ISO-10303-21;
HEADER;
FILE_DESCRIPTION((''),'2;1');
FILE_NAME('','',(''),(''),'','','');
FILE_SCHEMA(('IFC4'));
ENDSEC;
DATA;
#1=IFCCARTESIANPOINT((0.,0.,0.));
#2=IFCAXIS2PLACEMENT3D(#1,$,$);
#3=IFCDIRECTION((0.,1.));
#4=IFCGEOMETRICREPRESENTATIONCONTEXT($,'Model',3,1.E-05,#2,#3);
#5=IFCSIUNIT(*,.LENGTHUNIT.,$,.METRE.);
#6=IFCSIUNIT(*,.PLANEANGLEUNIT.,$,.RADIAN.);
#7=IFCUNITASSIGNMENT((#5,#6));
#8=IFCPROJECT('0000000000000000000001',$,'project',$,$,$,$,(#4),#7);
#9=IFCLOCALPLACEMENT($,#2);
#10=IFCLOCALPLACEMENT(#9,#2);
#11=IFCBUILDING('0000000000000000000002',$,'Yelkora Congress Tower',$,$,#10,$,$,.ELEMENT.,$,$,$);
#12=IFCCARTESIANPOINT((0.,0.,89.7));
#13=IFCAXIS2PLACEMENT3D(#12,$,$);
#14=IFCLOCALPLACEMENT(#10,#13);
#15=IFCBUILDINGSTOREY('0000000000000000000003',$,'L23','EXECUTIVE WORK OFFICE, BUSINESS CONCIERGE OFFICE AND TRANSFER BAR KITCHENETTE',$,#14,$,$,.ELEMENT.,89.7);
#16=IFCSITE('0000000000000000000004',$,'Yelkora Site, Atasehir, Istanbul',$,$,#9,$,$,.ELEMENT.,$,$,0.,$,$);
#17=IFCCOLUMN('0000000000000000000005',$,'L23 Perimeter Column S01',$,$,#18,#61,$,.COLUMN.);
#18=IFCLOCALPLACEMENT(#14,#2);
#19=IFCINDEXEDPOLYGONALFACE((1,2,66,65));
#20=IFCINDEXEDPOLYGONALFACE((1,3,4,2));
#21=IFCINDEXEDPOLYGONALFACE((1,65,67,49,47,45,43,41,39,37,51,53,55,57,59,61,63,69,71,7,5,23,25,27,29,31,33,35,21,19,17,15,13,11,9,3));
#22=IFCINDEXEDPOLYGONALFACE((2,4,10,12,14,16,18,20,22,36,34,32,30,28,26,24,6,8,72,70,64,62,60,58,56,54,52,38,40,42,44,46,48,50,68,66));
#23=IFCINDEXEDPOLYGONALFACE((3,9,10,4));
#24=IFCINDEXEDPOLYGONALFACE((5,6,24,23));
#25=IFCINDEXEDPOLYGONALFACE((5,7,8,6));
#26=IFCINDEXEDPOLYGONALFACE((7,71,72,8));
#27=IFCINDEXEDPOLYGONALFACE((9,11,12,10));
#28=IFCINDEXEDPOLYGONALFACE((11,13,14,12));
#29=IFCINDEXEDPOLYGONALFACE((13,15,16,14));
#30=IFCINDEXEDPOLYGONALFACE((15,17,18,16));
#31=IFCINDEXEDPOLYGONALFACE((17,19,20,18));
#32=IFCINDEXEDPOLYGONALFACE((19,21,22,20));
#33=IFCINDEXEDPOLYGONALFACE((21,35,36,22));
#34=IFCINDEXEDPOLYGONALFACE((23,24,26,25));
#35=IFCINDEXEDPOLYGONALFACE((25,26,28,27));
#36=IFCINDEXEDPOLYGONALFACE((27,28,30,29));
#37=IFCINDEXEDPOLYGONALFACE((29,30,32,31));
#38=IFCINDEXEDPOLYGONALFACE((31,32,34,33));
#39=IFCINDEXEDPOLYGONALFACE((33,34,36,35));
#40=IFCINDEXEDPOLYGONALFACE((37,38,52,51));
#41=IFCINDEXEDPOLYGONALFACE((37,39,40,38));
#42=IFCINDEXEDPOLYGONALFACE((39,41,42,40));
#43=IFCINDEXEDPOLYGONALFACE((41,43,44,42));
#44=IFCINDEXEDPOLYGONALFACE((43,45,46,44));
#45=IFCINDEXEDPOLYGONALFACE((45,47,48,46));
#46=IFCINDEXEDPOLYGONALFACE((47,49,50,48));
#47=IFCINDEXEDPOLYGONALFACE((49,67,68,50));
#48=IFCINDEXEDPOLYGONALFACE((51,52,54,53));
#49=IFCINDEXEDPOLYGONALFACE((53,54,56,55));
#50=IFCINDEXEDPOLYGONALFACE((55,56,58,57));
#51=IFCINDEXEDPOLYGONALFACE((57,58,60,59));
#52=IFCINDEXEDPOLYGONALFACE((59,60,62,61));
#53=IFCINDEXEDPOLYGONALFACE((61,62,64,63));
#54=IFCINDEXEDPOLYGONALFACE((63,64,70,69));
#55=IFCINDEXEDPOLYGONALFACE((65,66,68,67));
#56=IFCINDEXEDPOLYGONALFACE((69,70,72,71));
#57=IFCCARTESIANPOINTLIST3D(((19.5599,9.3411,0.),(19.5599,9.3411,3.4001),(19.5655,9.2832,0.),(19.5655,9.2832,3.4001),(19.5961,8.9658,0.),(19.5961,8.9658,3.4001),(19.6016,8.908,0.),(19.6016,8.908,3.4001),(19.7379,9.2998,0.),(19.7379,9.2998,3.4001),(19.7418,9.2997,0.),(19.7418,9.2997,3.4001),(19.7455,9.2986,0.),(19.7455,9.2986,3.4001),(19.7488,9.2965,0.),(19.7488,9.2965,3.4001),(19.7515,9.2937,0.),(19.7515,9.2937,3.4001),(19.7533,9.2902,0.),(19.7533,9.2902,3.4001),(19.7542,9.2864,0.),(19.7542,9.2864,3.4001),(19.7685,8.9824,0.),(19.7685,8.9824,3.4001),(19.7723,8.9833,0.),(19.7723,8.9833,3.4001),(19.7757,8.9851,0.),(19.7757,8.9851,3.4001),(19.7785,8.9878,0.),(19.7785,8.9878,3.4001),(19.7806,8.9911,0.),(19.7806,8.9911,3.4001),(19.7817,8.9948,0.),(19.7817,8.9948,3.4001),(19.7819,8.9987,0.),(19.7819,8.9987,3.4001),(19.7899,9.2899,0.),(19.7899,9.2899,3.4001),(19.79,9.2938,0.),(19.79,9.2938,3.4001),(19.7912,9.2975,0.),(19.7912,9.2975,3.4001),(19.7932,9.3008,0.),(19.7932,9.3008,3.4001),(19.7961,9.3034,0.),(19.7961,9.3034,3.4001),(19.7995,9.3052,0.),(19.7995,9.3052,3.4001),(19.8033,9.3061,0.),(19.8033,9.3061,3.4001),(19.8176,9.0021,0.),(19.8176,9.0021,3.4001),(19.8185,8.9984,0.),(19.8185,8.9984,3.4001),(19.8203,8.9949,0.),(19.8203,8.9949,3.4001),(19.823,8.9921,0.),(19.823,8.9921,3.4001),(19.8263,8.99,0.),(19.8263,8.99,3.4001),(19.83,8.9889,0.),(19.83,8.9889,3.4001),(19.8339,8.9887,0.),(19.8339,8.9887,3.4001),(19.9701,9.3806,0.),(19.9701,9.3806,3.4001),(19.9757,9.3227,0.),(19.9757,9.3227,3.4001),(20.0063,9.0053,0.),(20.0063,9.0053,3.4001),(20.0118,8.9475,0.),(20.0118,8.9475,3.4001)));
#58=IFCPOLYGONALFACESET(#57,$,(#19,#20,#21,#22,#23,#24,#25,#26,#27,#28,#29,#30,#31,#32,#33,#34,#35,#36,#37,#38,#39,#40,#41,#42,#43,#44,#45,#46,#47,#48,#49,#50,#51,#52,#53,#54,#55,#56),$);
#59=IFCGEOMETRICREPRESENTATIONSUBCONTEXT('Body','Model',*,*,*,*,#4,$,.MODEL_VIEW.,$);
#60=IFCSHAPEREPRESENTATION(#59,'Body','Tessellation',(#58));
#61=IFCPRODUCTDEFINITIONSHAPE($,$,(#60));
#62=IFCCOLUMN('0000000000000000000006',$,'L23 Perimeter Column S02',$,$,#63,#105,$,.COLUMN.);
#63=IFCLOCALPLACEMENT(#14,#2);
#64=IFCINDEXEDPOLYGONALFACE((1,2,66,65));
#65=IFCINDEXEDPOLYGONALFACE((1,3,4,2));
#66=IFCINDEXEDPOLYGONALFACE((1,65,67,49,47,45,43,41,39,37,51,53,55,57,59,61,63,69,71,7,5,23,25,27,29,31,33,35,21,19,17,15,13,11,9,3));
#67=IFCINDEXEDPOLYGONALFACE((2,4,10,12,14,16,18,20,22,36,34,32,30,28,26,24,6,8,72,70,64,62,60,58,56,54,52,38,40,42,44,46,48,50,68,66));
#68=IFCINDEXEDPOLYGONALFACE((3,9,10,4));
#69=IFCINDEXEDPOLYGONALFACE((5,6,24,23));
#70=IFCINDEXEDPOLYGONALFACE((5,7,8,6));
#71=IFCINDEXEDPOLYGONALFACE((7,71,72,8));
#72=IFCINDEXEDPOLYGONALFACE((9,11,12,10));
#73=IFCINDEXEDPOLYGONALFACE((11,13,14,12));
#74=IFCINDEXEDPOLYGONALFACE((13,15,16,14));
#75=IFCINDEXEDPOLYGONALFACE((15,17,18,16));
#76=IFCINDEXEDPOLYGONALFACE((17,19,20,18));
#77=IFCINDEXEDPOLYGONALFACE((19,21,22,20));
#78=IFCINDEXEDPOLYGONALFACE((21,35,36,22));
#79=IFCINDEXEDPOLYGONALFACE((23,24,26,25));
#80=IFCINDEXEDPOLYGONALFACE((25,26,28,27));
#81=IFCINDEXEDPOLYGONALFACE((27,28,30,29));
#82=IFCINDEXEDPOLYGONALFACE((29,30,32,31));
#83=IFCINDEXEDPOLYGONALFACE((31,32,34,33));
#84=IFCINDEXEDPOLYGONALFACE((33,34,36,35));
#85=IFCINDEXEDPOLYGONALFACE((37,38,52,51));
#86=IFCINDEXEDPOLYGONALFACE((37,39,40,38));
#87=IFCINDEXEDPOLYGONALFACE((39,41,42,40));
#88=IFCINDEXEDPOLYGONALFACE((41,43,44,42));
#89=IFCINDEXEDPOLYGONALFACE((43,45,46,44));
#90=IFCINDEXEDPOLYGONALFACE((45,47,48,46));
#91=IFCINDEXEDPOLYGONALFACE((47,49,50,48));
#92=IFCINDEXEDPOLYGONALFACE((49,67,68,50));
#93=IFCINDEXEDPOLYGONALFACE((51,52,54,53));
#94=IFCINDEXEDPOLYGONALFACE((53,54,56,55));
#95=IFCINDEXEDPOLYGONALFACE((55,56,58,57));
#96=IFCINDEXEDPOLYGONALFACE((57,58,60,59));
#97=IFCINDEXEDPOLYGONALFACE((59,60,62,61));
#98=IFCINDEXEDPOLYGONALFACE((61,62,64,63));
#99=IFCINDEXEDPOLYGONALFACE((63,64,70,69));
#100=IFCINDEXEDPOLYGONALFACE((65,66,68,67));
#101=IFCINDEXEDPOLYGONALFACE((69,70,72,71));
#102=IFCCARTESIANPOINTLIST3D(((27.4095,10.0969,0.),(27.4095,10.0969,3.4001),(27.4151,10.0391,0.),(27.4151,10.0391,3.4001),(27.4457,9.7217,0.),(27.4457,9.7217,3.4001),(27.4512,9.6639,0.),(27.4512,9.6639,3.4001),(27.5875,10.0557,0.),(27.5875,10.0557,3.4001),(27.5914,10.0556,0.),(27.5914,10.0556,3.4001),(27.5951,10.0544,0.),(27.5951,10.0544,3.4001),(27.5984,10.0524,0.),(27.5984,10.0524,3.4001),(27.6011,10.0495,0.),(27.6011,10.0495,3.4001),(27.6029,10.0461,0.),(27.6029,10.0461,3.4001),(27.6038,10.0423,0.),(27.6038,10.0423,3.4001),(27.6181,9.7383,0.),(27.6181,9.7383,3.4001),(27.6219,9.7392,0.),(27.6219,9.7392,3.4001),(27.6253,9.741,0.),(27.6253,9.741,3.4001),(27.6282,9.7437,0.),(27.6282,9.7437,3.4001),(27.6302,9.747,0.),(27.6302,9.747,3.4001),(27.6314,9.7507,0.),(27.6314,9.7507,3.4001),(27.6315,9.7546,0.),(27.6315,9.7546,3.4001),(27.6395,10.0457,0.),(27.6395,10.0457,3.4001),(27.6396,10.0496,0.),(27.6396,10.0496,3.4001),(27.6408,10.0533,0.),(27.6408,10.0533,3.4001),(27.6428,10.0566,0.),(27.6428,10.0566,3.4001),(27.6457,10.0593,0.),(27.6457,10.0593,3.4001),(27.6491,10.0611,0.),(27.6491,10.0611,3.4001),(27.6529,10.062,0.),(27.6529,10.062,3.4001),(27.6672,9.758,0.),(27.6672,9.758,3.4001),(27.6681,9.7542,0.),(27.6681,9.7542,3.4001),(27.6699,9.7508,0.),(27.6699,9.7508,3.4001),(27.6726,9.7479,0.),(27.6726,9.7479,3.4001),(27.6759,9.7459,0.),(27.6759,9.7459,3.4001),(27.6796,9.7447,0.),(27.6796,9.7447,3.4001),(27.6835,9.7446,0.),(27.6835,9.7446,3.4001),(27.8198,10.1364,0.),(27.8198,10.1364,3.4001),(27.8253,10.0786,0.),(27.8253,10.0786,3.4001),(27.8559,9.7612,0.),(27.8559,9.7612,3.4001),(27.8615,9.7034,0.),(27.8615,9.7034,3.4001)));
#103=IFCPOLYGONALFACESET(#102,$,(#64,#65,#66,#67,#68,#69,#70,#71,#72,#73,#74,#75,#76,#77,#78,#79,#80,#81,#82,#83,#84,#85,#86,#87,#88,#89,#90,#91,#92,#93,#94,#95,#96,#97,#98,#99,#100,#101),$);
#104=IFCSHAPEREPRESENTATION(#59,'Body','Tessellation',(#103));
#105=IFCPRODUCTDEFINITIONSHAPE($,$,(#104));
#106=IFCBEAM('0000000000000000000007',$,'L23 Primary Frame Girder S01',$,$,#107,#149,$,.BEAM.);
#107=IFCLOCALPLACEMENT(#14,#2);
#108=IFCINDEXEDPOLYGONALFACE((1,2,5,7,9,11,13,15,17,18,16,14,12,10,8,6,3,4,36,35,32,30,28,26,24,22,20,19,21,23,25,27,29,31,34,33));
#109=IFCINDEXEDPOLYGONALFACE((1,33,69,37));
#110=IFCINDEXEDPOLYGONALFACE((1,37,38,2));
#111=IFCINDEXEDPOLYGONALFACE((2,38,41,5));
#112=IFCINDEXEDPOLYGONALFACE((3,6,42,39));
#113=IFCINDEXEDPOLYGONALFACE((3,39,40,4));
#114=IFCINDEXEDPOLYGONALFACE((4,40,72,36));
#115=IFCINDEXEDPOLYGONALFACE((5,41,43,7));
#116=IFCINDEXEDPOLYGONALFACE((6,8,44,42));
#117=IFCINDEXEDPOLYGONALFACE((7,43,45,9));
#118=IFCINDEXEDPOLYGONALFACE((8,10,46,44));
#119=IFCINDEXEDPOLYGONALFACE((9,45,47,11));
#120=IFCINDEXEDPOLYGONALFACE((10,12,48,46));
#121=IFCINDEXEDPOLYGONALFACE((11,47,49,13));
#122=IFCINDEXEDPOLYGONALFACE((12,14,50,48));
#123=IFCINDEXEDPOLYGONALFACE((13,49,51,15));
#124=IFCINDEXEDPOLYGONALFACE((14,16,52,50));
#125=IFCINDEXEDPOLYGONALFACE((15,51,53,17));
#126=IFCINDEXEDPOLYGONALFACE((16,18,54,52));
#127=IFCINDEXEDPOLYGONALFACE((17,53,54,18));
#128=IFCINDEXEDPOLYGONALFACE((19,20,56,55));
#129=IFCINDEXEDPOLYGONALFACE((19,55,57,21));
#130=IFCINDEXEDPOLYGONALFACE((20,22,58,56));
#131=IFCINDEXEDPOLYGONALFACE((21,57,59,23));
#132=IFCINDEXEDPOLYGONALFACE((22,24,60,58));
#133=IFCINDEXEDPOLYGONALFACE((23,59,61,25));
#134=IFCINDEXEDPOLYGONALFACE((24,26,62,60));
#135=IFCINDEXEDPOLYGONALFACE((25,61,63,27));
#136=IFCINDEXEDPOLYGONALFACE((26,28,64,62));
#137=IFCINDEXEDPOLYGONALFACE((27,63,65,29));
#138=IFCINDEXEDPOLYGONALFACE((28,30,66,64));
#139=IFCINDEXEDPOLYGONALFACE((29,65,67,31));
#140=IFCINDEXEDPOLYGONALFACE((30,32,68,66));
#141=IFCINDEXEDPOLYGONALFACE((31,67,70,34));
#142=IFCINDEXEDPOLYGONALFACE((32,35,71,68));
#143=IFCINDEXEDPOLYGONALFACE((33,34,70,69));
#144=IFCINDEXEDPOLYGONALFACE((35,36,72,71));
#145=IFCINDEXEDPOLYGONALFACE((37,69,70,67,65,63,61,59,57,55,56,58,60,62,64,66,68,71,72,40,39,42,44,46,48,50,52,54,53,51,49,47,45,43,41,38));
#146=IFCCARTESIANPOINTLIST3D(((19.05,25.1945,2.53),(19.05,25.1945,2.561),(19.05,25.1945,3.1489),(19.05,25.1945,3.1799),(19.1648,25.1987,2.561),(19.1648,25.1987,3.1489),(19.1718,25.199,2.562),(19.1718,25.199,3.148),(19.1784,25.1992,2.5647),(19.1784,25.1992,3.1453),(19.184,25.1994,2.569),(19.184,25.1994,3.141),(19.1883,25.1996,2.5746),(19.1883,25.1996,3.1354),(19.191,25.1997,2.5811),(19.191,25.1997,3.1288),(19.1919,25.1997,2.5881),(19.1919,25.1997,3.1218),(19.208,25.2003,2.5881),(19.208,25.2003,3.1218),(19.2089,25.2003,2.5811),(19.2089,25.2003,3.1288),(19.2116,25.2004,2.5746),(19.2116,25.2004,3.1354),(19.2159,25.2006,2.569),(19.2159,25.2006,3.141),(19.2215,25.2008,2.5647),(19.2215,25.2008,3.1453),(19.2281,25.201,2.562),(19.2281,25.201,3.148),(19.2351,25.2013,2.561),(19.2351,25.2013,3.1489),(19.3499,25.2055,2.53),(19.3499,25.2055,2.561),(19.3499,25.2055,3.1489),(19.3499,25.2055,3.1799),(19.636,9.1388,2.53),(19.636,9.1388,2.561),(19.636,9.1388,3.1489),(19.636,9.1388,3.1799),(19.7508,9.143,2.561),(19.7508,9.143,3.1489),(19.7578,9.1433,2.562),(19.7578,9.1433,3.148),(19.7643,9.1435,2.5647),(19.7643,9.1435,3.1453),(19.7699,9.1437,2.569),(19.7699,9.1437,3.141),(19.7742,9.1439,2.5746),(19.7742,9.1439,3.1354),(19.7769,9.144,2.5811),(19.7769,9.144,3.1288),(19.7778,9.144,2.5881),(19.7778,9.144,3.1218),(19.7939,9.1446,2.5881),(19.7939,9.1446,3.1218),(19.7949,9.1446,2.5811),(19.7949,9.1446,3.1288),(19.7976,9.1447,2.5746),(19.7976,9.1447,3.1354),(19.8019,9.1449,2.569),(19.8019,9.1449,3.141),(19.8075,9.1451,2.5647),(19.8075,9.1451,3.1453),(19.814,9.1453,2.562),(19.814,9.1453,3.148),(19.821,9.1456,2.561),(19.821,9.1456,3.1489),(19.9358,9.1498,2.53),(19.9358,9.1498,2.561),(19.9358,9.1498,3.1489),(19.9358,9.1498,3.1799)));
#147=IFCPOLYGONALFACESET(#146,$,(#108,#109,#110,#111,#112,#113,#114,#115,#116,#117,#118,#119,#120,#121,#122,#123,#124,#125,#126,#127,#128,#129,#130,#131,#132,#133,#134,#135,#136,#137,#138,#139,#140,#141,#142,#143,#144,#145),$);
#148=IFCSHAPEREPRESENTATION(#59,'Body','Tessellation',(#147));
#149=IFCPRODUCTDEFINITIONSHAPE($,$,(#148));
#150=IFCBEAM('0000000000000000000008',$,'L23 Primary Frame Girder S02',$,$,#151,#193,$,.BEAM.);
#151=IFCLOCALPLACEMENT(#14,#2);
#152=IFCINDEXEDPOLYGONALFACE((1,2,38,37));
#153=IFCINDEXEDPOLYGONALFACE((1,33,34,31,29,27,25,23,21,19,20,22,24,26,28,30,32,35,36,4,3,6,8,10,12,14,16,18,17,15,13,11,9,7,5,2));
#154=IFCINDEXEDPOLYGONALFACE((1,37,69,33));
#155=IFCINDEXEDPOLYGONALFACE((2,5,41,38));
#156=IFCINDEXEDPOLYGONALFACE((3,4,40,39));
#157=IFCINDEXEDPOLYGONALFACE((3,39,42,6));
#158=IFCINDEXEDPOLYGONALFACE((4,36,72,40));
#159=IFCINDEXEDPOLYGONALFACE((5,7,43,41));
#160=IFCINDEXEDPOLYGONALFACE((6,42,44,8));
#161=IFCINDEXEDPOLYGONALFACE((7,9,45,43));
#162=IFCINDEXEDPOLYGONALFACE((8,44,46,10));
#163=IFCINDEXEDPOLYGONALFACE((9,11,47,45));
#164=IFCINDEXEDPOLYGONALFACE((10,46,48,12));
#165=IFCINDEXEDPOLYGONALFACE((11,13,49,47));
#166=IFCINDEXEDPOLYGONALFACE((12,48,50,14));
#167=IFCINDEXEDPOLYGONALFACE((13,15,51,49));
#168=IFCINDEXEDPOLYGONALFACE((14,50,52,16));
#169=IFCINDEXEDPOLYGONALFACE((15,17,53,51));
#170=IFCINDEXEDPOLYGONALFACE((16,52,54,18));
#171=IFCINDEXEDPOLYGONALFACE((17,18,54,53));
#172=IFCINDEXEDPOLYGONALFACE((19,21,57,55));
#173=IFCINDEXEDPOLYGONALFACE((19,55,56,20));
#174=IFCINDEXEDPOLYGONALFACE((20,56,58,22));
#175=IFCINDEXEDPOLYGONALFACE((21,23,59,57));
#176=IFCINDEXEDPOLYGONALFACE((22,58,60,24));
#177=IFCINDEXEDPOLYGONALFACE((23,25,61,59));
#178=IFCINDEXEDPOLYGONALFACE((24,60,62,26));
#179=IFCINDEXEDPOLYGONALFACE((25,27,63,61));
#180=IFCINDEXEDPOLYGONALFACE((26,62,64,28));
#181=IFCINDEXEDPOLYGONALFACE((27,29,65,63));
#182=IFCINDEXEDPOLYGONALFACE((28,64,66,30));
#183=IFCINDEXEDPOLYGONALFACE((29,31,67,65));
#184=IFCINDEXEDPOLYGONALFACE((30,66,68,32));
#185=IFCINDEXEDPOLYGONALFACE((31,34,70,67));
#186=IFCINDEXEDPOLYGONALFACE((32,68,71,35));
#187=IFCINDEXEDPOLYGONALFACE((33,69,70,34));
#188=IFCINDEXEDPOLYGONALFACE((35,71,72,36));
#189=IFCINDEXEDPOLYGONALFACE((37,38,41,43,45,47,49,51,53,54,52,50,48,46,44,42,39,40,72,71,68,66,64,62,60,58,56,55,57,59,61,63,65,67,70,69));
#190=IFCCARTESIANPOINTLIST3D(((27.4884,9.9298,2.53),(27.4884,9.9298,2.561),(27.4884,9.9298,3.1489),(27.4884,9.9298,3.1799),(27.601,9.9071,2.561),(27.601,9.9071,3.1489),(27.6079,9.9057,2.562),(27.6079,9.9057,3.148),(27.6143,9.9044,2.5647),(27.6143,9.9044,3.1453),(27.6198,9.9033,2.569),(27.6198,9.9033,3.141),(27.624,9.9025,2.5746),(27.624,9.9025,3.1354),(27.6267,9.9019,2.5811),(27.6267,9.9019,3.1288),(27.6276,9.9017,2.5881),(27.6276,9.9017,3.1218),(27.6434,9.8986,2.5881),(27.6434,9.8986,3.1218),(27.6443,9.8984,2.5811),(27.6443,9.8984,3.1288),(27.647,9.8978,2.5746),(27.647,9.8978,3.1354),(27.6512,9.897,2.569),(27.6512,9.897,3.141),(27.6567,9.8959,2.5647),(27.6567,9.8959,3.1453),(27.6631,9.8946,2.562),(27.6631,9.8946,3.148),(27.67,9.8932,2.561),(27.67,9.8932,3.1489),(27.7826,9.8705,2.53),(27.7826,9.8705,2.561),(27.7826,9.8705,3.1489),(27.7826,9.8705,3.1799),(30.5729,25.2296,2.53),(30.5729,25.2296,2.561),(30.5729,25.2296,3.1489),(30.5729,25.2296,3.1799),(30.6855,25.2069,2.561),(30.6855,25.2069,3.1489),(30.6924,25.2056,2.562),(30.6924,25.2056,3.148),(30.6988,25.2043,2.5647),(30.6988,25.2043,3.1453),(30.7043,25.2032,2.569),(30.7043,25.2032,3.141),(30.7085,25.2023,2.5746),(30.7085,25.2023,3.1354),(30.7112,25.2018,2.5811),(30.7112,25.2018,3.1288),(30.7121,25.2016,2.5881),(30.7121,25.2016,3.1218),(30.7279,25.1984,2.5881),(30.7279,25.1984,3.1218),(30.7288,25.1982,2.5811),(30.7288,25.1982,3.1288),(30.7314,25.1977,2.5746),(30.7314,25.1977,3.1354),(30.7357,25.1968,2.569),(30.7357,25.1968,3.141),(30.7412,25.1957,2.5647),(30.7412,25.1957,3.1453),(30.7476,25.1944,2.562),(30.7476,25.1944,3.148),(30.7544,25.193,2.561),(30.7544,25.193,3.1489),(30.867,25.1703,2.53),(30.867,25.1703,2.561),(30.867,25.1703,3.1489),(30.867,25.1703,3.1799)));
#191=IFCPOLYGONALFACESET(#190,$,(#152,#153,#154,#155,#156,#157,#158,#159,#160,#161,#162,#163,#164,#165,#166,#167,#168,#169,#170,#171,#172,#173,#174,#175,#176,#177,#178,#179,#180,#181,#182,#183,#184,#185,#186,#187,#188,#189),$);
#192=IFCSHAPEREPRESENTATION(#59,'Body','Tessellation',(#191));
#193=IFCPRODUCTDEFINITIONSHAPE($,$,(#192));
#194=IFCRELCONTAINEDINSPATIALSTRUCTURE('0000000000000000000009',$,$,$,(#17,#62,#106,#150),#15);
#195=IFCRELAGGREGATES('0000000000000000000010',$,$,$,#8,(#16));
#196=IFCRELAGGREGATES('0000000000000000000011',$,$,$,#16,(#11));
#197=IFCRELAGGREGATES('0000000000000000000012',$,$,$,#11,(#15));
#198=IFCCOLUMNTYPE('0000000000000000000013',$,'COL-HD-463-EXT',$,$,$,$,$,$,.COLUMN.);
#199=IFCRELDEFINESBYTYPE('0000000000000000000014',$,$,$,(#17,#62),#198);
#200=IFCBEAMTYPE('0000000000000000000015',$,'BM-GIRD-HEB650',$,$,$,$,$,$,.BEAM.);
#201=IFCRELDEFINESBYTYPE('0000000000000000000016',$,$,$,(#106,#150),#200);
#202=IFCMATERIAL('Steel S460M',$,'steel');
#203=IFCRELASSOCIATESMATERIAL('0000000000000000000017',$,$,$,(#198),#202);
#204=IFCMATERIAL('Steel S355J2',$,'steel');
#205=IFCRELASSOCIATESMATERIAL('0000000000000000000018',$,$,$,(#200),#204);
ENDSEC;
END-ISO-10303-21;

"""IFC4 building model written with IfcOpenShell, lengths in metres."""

from ifc_helpers import new_model, si_unit, direction, frame, origin, origin_2d, place, context, subcontext, project, spatial, i_section, extrude, material, material_profile, profile_set, type_object, element, save


model = new_model("IFC4")

# Units and contexts
model_context = context("Model", 3, precision=1e-05, world=origin(), true_north=direction((0.0, 1.0)))
body_context = subcontext(model_context, "Body", "Model", "MODEL_VIEW")
ifc_project = project(units=[si_unit("LENGTHUNIT", "METRE"), si_unit("PLANEANGLEUNIT", "RADIAN")], contexts=[model_context])

# Site, building, storey
site_placement = place(None, origin())
site = spatial("IfcSite", under=ifc_project, at=site_placement, Name="Yelkora Site, Atasehir, Istanbul", CompositionType="ELEMENT", RefElevation=0.0)
building_placement = place(site_placement, origin())
building = spatial("IfcBuilding", under=site, at=building_placement, Name="Yelkora Congress Tower", CompositionType="ELEMENT")
storey_placement = place(building_placement, frame((0.0, 0.0, 89.7)))
storey = spatial("IfcBuildingStorey", under=building, at=storey_placement, Name="L23", Description="EXECUTIVE WORK OFFICE, BUSINESS CONCIERGE OFFICE AND TRANSFER BAR KITCHENETTE", CompositionType="ELEMENT", Elevation=89.7)

# Columns
ifc_material_1 = material(Name="Steel S460M", Category="steel")
ifc_material_profile_1 = material_profile(ifc_material_1, i_section(OverallWidth=0.4121, OverallDepth=0.4351, WebThickness=0.0359, FlangeThickness=0.0581, FilletRadius=0.0149, at=origin_2d()), Name="HD 400x463")
ifc_profile_set_1 = profile_set([ifc_material_profile_1], Name="Steel S460M")
column_type = type_object("IfcColumnType", Name="COL-HD-463-EXT", PredefinedType="COLUMN", material=ifc_profile_set_1)
for number, where, z_axis, x_axis, name in (
    (1, (19.7859, 9.1443, 0.0), (0.0, 0.0, 1.0), (0.995396, 0.095846, 0.0), "L23 Perimeter Column S01"),
    (2, (27.6355, 9.9001, 0.0), (0.0, 0.0, 1.0), (0.995396, 0.095846, 0.0), "L23 Perimeter Column S02"),
):
    element("IfcColumn", number, at=place(storey_placement, frame(where, z_axis=z_axis, x_axis=x_axis)), inside=storey, type_object=column_type, Name=name, PredefinedType="COLUMN", context=body_context, shape_type="SweptSolid", body=[
        extrude(i_section(OverallWidth=0.4121, OverallDepth=0.4351, WebThickness=0.0359, FlangeThickness=0.0581, FilletRadius=0.0149, at=origin_2d()), origin(), (0.0, 0.0, 1.0), 3.4001),
    ])

# Beams
ifc_material_2 = material(Name="Steel S355J2", Category="steel")
ifc_material_profile_2 = material_profile(ifc_material_2, i_section(OverallWidth=0.3, OverallDepth=0.6499, WebThickness=0.0161, FlangeThickness=0.031, FilletRadius=0.0271, at=origin_2d()), Name="HEB 650")
ifc_profile_set_2 = profile_set([ifc_material_profile_2], Name="Steel S355J2")
beam_type_1 = type_object("IfcBeamType", Name="BM-GIRD-HEB650", PredefinedType="BEAM", material=ifc_profile_set_2)
beam_1_placement = place(storey_placement, frame((19.7859, 9.1443, 2.855), z_axis=(-0.03647, 0.999335, 0.0), x_axis=(-0.999335, -0.03647, 0.0)))
element("IfcBeam", 3, at=beam_1_placement, inside=storey, type_object=beam_type_1, Name="L23 Primary Frame Girder S01", PredefinedType="BEAM", context=body_context, shape_type="SweptSolid", body=[
    extrude(i_section(OverallWidth=0.3, OverallDepth=0.6499, WebThickness=0.0161, FlangeThickness=0.031, FilletRadius=0.0271, at=origin_2d()), origin(), (0.0, 0.0, 1.0), 16.0664),
])
beam_2_placement = place(storey_placement, frame((27.6355, 9.9001, 2.855), z_axis=(0.197626, 0.980277, 0.0), x_axis=(-0.980277, 0.197626, 0.0)))
element("IfcBeam", 4, at=beam_2_placement, inside=storey, type_object=beam_type_1, Name="L23 Primary Frame Girder S02", PredefinedType="BEAM", context=body_context, shape_type="SweptSolid", body=[
    extrude(i_section(OverallWidth=0.3, OverallDepth=0.6499, WebThickness=0.0161, FlangeThickness=0.031, FilletRadius=0.0271, at=origin_2d()), origin(), (0.0, 0.0, 1.0), 15.6077),
])

save(model, "model.ifc")
